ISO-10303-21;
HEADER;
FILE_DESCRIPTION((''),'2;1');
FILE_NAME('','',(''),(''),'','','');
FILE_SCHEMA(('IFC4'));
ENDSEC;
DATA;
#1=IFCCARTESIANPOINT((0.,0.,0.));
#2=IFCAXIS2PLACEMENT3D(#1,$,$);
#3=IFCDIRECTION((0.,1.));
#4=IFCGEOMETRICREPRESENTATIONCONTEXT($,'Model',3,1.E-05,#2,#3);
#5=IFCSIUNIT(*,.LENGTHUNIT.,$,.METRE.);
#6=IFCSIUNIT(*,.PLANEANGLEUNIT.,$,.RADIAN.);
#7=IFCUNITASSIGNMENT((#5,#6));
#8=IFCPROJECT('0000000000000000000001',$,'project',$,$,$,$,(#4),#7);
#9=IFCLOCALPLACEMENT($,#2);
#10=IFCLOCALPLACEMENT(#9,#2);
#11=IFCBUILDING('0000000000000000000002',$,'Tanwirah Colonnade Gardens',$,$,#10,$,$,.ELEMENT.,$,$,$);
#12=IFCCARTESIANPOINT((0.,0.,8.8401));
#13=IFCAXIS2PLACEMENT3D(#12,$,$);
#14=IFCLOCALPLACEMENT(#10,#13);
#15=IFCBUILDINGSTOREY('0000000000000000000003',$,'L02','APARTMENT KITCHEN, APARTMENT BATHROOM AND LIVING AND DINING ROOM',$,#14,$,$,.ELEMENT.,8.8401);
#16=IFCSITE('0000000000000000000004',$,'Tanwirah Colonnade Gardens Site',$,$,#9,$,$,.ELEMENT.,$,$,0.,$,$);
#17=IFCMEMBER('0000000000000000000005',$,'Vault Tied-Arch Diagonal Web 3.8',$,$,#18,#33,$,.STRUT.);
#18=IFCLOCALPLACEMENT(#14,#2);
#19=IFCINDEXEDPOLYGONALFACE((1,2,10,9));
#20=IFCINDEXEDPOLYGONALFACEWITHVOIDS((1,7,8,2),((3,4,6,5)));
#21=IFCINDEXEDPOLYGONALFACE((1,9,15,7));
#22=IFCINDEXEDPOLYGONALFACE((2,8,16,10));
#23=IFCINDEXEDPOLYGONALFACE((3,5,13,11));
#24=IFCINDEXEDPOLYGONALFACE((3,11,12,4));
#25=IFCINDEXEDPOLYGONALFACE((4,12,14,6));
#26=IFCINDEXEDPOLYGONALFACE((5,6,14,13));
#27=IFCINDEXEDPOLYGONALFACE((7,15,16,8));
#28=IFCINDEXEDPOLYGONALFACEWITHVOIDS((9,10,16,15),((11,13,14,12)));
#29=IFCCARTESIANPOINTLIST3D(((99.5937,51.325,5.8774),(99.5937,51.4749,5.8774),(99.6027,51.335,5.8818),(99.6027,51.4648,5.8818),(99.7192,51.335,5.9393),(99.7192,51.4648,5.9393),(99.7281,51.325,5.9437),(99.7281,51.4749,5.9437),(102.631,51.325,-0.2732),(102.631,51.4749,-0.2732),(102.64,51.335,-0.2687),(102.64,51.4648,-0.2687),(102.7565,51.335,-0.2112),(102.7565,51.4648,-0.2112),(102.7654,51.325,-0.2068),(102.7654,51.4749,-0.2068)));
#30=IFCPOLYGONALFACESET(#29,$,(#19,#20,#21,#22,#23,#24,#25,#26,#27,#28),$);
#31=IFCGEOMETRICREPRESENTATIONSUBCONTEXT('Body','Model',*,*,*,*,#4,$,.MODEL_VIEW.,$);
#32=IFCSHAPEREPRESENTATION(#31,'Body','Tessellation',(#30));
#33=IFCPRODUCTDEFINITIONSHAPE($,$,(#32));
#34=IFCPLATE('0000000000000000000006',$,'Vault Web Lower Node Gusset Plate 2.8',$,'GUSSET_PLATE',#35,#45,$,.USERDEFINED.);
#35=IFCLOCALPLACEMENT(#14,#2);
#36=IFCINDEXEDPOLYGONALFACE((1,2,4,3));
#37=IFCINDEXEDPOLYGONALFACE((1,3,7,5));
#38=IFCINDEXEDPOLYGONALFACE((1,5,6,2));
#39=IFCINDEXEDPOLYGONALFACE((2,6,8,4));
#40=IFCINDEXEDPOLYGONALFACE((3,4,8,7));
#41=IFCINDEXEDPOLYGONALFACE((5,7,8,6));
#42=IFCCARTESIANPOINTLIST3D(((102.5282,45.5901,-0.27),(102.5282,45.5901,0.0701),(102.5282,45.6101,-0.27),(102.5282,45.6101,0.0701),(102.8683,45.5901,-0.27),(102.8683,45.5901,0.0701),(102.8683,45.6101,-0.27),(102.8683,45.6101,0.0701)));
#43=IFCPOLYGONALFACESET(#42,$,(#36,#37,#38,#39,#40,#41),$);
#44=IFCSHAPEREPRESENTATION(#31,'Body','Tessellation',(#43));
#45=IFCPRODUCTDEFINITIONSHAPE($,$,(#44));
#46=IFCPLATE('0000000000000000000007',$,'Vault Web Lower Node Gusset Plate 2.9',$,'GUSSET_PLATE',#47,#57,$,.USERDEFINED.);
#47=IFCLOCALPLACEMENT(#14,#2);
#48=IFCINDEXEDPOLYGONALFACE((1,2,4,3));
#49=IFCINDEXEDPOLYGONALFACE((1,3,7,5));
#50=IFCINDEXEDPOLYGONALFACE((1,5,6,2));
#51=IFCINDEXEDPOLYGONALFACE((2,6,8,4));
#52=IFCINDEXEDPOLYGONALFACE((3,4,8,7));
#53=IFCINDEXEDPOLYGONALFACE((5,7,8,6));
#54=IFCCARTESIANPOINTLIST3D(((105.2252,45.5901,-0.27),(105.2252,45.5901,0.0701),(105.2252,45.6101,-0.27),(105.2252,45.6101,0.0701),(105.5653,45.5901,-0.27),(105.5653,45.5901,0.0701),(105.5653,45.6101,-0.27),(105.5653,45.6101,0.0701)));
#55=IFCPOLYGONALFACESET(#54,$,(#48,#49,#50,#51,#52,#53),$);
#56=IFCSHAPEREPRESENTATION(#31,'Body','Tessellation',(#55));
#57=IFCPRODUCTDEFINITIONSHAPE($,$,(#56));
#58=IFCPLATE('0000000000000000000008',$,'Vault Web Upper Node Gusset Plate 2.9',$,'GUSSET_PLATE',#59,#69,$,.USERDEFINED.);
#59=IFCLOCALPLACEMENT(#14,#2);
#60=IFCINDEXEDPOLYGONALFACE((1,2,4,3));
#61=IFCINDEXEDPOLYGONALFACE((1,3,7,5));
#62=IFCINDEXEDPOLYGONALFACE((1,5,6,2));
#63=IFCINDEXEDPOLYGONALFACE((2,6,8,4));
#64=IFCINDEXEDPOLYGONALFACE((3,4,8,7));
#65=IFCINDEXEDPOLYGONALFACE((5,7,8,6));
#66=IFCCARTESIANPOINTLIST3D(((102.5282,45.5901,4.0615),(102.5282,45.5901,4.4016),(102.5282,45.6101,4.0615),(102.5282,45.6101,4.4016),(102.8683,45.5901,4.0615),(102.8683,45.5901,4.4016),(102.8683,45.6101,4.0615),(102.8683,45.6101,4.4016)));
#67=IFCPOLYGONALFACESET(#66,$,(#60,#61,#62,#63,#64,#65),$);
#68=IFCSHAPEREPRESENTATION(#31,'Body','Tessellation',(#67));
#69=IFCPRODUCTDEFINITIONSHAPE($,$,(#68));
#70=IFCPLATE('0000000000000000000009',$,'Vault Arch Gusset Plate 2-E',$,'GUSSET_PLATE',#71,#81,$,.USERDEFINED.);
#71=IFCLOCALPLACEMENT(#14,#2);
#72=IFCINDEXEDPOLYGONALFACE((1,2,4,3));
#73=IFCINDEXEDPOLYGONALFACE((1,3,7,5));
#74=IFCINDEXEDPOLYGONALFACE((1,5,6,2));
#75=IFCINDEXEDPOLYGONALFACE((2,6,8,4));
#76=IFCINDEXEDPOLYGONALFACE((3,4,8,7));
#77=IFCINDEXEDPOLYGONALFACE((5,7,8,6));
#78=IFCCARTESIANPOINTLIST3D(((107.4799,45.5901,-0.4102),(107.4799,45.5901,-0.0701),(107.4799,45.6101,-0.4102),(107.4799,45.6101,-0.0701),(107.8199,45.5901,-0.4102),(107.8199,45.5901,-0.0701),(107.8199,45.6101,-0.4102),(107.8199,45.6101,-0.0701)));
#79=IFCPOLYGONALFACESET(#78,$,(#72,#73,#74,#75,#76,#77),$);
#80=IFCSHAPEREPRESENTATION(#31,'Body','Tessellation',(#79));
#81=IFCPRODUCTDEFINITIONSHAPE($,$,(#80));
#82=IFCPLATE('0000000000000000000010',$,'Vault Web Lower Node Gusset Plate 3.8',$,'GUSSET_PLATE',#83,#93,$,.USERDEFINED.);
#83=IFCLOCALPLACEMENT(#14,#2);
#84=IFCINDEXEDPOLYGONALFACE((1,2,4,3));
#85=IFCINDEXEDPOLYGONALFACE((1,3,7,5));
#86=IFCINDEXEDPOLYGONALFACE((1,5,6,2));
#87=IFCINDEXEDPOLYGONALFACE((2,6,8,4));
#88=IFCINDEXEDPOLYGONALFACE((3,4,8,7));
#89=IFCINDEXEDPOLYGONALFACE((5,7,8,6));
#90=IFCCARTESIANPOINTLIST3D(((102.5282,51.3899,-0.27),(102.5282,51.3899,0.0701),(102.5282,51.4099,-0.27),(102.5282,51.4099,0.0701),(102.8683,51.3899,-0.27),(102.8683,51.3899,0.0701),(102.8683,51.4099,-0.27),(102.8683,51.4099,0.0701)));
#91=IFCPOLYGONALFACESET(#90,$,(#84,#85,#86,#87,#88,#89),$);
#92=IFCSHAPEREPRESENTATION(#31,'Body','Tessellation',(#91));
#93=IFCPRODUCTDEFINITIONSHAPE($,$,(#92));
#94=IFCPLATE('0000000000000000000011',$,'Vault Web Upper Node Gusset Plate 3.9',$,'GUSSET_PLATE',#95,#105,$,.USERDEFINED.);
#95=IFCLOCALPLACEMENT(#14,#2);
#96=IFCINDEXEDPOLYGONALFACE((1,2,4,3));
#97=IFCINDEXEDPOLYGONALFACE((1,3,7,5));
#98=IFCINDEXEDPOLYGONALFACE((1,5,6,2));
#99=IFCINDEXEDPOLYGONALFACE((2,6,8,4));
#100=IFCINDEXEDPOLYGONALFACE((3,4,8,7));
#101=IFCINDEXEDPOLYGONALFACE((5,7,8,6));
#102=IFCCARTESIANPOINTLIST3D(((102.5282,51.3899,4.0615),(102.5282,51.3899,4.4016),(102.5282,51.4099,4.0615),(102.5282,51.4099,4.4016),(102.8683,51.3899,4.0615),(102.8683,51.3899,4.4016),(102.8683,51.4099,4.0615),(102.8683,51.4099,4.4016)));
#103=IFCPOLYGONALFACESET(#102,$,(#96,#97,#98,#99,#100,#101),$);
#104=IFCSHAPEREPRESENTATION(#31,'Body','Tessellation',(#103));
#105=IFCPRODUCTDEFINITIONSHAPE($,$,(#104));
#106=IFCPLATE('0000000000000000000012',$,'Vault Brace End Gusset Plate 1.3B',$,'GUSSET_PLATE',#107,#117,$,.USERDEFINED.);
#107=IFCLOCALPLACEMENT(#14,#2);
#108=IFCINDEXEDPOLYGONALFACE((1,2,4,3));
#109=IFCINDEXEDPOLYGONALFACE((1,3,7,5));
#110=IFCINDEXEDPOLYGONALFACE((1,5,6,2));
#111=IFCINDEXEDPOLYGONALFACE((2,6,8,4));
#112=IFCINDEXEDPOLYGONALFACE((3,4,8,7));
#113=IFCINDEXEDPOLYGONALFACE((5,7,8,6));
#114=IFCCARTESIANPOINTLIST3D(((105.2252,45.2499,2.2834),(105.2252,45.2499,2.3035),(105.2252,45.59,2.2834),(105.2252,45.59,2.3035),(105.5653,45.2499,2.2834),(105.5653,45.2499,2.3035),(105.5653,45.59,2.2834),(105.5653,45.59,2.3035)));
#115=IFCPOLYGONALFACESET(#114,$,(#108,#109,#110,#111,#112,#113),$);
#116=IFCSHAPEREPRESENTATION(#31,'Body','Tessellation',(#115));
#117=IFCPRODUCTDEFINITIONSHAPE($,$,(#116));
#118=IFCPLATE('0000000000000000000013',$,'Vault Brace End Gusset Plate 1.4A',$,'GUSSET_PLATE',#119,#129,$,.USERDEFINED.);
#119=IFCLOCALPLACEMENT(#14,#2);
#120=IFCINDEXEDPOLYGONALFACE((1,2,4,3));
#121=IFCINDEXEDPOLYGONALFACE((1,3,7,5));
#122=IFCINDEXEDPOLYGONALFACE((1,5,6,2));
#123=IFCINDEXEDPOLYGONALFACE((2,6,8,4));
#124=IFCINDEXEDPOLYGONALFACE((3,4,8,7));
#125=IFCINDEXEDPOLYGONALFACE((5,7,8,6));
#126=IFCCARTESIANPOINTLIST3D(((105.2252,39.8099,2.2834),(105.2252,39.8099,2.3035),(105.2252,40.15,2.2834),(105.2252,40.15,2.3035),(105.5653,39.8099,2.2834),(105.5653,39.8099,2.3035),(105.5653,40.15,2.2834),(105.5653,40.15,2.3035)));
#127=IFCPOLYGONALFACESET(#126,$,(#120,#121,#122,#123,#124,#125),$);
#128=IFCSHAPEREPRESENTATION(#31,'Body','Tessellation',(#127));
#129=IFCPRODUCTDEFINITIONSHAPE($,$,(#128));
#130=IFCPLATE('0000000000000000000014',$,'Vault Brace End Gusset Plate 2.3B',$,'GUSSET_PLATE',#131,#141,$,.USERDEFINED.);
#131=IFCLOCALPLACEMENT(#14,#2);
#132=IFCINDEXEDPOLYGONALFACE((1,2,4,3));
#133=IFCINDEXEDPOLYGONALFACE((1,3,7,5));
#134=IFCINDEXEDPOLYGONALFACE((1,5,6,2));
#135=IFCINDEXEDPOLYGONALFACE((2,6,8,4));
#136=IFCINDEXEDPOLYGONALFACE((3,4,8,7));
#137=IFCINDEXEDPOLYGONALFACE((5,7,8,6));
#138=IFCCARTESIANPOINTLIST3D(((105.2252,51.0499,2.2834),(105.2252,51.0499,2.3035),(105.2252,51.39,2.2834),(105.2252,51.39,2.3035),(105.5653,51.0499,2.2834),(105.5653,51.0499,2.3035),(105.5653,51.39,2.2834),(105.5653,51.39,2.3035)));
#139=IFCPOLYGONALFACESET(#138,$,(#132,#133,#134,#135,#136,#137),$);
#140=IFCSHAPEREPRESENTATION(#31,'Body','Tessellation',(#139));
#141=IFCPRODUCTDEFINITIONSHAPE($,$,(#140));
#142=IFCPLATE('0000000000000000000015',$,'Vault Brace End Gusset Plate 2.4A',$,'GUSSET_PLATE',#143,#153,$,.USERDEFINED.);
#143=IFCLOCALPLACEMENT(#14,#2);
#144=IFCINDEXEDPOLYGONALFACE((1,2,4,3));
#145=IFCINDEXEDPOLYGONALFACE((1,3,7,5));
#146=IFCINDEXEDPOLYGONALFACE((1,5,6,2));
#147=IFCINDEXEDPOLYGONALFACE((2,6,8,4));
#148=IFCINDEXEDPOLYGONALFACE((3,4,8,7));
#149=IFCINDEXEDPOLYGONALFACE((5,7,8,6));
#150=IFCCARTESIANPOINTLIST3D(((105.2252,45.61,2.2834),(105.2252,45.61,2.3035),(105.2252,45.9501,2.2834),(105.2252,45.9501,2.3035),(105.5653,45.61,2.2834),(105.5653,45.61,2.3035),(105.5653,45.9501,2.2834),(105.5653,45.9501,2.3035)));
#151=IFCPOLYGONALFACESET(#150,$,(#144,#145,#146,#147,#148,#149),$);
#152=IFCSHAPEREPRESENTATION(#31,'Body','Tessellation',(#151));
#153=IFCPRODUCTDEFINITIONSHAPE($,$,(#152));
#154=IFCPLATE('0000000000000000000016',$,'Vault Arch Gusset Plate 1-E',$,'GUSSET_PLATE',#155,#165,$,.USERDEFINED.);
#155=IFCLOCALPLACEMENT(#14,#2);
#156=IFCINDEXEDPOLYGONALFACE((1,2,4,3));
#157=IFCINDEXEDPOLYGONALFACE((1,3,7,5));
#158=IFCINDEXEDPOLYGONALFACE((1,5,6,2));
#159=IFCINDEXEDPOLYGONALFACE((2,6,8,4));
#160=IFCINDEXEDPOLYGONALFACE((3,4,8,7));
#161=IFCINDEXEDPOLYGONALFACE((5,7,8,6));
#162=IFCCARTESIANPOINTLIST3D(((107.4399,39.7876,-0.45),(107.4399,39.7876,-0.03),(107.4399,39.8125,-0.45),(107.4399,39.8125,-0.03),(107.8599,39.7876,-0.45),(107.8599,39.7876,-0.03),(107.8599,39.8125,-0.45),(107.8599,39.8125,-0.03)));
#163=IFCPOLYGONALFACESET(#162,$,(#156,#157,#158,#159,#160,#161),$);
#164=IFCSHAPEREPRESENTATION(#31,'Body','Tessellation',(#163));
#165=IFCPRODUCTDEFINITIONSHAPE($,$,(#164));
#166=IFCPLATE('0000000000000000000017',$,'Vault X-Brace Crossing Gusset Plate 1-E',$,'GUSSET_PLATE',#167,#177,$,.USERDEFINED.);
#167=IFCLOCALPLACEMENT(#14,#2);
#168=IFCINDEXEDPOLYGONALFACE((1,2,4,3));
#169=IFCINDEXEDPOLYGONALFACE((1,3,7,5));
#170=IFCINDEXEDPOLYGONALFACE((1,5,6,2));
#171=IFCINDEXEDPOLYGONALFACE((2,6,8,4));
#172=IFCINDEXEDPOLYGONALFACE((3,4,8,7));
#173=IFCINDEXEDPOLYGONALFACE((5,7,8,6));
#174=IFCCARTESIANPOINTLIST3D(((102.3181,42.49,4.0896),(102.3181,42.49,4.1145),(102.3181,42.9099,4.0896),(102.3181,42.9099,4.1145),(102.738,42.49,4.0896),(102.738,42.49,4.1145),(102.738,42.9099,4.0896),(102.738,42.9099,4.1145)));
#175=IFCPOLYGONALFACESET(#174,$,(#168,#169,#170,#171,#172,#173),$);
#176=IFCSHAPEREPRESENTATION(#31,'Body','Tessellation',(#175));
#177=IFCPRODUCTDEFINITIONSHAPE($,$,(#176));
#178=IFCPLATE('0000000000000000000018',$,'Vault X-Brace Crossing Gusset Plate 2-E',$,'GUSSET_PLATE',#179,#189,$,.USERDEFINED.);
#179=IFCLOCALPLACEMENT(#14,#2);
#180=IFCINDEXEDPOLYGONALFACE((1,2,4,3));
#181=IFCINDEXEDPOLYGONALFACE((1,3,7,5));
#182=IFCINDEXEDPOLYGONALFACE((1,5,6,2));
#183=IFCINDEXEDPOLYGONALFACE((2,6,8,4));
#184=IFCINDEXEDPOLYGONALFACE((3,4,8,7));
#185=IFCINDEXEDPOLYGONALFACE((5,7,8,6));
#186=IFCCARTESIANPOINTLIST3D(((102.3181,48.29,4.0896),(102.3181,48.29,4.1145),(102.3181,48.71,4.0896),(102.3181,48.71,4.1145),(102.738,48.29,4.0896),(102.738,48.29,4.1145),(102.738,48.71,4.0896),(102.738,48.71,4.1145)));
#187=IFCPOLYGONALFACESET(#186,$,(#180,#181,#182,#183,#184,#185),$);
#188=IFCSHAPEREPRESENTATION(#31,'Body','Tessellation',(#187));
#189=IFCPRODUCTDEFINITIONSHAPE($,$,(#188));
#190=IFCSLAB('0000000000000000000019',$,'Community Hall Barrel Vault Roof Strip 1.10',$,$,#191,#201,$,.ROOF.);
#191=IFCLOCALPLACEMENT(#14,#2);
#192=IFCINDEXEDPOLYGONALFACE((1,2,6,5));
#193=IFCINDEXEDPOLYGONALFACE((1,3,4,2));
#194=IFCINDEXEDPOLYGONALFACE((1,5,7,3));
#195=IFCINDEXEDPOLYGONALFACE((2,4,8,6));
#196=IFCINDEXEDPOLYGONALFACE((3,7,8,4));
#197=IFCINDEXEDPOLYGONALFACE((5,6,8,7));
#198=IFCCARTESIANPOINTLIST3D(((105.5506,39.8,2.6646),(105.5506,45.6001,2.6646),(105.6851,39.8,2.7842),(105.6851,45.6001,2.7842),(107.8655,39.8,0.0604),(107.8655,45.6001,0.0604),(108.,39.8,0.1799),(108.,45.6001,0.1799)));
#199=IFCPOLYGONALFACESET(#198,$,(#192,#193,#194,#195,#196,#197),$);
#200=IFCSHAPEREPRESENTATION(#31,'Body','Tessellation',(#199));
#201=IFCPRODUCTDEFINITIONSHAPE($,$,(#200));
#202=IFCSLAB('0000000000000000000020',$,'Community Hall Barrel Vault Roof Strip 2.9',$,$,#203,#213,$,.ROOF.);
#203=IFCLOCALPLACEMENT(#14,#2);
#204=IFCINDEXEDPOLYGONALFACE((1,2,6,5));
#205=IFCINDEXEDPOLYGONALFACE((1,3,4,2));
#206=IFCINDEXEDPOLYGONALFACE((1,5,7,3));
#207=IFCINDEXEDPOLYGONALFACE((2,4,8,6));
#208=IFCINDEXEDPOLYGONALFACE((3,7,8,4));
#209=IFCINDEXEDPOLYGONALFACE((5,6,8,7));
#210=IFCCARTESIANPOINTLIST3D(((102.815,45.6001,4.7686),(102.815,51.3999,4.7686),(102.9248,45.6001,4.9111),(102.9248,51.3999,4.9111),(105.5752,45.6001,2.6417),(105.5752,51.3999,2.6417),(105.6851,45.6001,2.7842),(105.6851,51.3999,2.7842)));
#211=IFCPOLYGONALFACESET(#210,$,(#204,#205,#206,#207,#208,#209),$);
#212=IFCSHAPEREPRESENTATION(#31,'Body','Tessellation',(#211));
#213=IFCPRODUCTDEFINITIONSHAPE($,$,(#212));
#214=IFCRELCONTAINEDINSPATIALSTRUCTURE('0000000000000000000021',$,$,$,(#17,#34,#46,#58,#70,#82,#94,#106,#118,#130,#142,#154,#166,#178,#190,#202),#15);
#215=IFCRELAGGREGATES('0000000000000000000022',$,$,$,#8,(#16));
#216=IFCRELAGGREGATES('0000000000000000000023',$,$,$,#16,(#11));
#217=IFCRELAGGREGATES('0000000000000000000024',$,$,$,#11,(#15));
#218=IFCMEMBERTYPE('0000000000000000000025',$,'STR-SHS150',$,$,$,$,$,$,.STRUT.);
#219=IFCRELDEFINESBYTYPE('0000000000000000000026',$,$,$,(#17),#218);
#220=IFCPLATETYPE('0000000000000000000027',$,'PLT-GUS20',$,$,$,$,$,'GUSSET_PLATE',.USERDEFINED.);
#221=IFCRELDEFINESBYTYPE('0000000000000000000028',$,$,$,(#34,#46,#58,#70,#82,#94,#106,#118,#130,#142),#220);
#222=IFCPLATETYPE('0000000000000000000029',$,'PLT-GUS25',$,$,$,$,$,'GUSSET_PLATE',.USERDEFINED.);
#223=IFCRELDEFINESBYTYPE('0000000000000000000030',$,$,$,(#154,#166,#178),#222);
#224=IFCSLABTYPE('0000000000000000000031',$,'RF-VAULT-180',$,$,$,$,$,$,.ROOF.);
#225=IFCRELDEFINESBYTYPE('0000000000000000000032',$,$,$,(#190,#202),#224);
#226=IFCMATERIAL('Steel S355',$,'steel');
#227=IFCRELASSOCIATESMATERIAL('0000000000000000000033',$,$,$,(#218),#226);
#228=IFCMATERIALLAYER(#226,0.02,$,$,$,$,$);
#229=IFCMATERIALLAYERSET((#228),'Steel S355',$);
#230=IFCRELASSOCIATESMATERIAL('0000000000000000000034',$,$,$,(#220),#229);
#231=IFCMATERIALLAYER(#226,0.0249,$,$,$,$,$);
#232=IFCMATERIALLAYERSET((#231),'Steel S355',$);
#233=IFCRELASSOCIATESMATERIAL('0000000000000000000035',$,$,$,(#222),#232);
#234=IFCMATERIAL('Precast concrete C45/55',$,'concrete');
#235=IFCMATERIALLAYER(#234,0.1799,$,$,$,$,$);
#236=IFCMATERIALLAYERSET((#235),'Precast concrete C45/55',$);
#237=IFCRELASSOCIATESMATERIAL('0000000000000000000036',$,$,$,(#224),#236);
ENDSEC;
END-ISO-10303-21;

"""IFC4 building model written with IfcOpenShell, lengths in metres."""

from ifc_helpers import new_model, si_unit, direction, frame, origin, origin_2d, place, context, subcontext, project, spatial, polyline, rectangle, hollow_rectangle, outline, extrude, material, layer, layer_set, material_profile, profile_set, type_object, element, save


model = new_model("IFC4")

# Units and contexts
model_context = context("Model", 3, precision=1e-05, world=origin(), true_north=direction((0.0, 1.0)))
body_context = subcontext(model_context, "Body", "Model", "MODEL_VIEW")
ifc_project = project(units=[si_unit("LENGTHUNIT", "METRE"), si_unit("PLANEANGLEUNIT", "RADIAN")], contexts=[model_context])

# Site, building, storey
site_placement = place(None, origin())
site = spatial("IfcSite", under=ifc_project, at=site_placement, Name="Tanwirah Colonnade Gardens Site", CompositionType="ELEMENT", RefElevation=0.0)
building_placement = place(site_placement, origin())
building = spatial("IfcBuilding", under=site, at=building_placement, Name="Tanwirah Colonnade Gardens", CompositionType="ELEMENT")
storey_placement = place(building_placement, frame((0.0, 0.0, 8.8401)))
storey = spatial("IfcBuildingStorey", under=building, at=storey_placement, Name="L02", Description="APARTMENT KITCHEN, APARTMENT BATHROOM AND LIVING AND DINING ROOM", CompositionType="ELEMENT", Elevation=8.8401)

# Shared definitions
ifc_material_1 = material(Name="Steel S355", Category="steel")

# Shared definitions
ifc_material_2 = material(Name="Precast concrete C45/55", Category="concrete")

# Member
ifc_material_profile_1 = material_profile(ifc_material_1, hollow_rectangle(XDim=0.1499, YDim=0.1499, WallThickness=0.01, at=origin_2d()), Name="SHS 150x150x10")
ifc_profile_set_1 = profile_set([ifc_material_profile_1], Name="Steel S355")
member_type_1 = type_object("IfcMemberType", Name="STR-SHS150", PredefinedType="STRUT", material=ifc_profile_set_1)
member_1_placement = place(storey_placement, frame((102.6982, 51.3999, -0.24), z_axis=(-0.442781, 0.0, 0.89663), x_axis=(0.0, -1.0, 0.0)))
element("IfcMember", 1, at=member_1_placement, inside=storey, type_object=member_type_1, Name="Vault Tied-Arch Diagonal Web 3.8", PredefinedType="STRUT", context=body_context, shape_type="SweptSolid", body=[
    extrude(hollow_rectangle(XDim=0.1499, YDim=0.1499, WallThickness=0.01, at=origin_2d()), origin(), (0.0, 0.0, 1.0), 6.8596),
])

# Plates
ifc_layer_1 = layer(ifc_material_1, 0.02)
ifc_layer_set_1 = layer_set([ifc_layer_1], Name="Steel S355")
plate_type_1 = type_object("IfcPlateType", Name="PLT-GUS20", ElementType="GUSSET_PLATE", PredefinedType="USERDEFINED", material=ifc_layer_set_1)
for number, where, z_axis, x_axis, name in (
    (2, (102.6982, 45.6001, -0.27), (0.0, 0.0, 1.0), (1.0, 0.0, 0.0), "Vault Web Lower Node Gusset Plate 2.8"),
    (3, (105.3953, 45.6001, -0.27), (0.0, 0.0, 1.0), (1.0, 0.0, 0.0), "Vault Web Lower Node Gusset Plate 2.9"),
    (4, (102.6982, 45.6001, 4.0615), (0.0, 0.0, 1.0), (1.0, 0.0, 0.0), "Vault Web Upper Node Gusset Plate 2.9"),
    (5, (107.6499, 45.6001, -0.4102), (0.0, 0.0, 1.0), (1.0, 0.0, 0.0), "Vault Arch Gusset Plate 2-E"),
    (6, (102.6982, 51.3999, -0.27), (0.0, 0.0, 1.0), (1.0, 0.0, 0.0), "Vault Web Lower Node Gusset Plate 3.8"),
    (7, (102.6982, 51.3999, 4.0615), (0.0, 0.0, 1.0), (1.0, 0.0, 0.0), "Vault Web Upper Node Gusset Plate 3.9"),
):
    element("IfcPlate", number, at=place(storey_placement, frame(where, z_axis=z_axis, x_axis=x_axis)), inside=storey, type_object=plate_type_1, Name=name, ObjectType="GUSSET_PLATE", PredefinedType="USERDEFINED", context=body_context, shape_type="SweptSolid", body=[
        extrude(rectangle(XDim=0.3401, YDim=0.02, at=origin_2d()), origin(), (0.0, 0.0, 1.0), 0.3401),
    ])
for number, where, z_axis, x_axis, name in (
    (8, (105.3953, 45.4199, 2.2834), (0.0, 0.0, 1.0), (1.0, 0.0, 0.0), "Vault Brace End Gusset Plate 1.3B"),
    (9, (105.3953, 39.98, 2.2834), (0.0, 0.0, 1.0), (1.0, 0.0, 0.0), "Vault Brace End Gusset Plate 1.4A"),
    (10, (105.3953, 51.22, 2.2834), (0.0, 0.0, 1.0), (1.0, 0.0, 0.0), "Vault Brace End Gusset Plate 2.3B"),
    (11, (105.3953, 45.78, 2.2834), (0.0, 0.0, 1.0), (1.0, 0.0, 0.0), "Vault Brace End Gusset Plate 2.4A"),
):
    element("IfcPlate", number, at=place(storey_placement, frame(where, z_axis=z_axis, x_axis=x_axis)), inside=storey, type_object=plate_type_1, Name=name, ObjectType="GUSSET_PLATE", PredefinedType="USERDEFINED", context=body_context, shape_type="SweptSolid", body=[
        extrude(rectangle(XDim=0.3401, YDim=0.3401, at=origin_2d()), origin(), (0.0, 0.0, 1.0), 0.02),
    ])
ifc_layer_2 = layer(ifc_material_1, 0.0249)
ifc_layer_set_2 = layer_set([ifc_layer_2], Name="Steel S355")
plate_type_2 = type_object("IfcPlateType", Name="PLT-GUS25", ElementType="GUSSET_PLATE", PredefinedType="USERDEFINED", material=ifc_layer_set_2)
plate_placement = place(storey_placement, frame((107.6499, 39.8, -0.45), z_axis=(0.0, 0.0, 1.0), x_axis=(1.0, 0.0, 0.0)))
element("IfcPlate", 12, at=plate_placement, inside=storey, type_object=plate_type_2, Name="Vault Arch Gusset Plate 1-E", ObjectType="GUSSET_PLATE", PredefinedType="USERDEFINED", context=body_context, shape_type="SweptSolid", body=[
    extrude(rectangle(XDim=0.4199, YDim=0.0249, at=origin_2d()), origin(), (0.0, 0.0, 1.0), 0.4199),
])
for number, where, z_axis, x_axis, name in (
    (13, (102.5281, 42.7, 4.0896), (0.0, 0.0, 1.0), (1.0, 0.0, 0.0), "Vault X-Brace Crossing Gusset Plate 1-E"),
    (14, (102.5281, 48.5, 4.0896), (0.0, 0.0, 1.0), (1.0, 0.0, 0.0), "Vault X-Brace Crossing Gusset Plate 2-E"),
):
    element("IfcPlate", number, at=place(storey_placement, frame(where, z_axis=z_axis, x_axis=x_axis)), inside=storey, type_object=plate_type_2, Name=name, ObjectType="GUSSET_PLATE", PredefinedType="USERDEFINED", context=body_context, shape_type="SweptSolid", body=[
        extrude(rectangle(XDim=0.4199, YDim=0.4199, at=origin_2d()), origin(), (0.0, 0.0, 1.0), 0.0249),
    ])

# Slabs
ifc_layer_3 = layer(ifc_material_2, 0.1799)
ifc_layer_set_3 = layer_set([ifc_layer_3], Name="Precast concrete C45/55")
slab_type = type_object("IfcSlabType", Name="RF-VAULT-180", PredefinedType="ROOF", material=ifc_layer_set_3)
slab_1_placement = place(storey_placement, frame((105.6851, 39.8, 2.7842), z_axis=(0.747402, 0.0, 0.664373), x_axis=(0.664373, 0.0, -0.747402)))
element("IfcSlab", 15, at=slab_1_placement, inside=storey, type_object=slab_type, Name="Community Hall Barrel Vault Roof Strip 1.10", PredefinedType="ROOF", context=body_context, shape_type="SweptSolid", body=[
    extrude(outline(polyline([(0.0, 0.0), (3.4844, 0.0), (3.4844, 5.8), (0.0, 5.8), (0.0, 0.0)])), origin(), (0.0, 0.0, -1.0), 0.1799),
])
slab_2_placement = place(storey_placement, frame((102.9248, 45.6001, 4.9111), z_axis=(0.610374, 0.0, 0.792113), x_axis=(0.792113, 0.0, -0.610374)))
element("IfcSlab", 16, at=slab_2_placement, inside=storey, type_object=slab_type, Name="Community Hall Barrel Vault Roof Strip 2.9", PredefinedType="ROOF", context=body_context, shape_type="SweptSolid", body=[
    extrude(outline(polyline([(0.0, 0.0), (3.4847, 0.0), (3.4847, 5.7998), (0.0, 5.7998), (0.0, 0.0)])), origin(), (0.0, 0.0, -1.0), 0.1799),
])

save(model, "model.ifc")
